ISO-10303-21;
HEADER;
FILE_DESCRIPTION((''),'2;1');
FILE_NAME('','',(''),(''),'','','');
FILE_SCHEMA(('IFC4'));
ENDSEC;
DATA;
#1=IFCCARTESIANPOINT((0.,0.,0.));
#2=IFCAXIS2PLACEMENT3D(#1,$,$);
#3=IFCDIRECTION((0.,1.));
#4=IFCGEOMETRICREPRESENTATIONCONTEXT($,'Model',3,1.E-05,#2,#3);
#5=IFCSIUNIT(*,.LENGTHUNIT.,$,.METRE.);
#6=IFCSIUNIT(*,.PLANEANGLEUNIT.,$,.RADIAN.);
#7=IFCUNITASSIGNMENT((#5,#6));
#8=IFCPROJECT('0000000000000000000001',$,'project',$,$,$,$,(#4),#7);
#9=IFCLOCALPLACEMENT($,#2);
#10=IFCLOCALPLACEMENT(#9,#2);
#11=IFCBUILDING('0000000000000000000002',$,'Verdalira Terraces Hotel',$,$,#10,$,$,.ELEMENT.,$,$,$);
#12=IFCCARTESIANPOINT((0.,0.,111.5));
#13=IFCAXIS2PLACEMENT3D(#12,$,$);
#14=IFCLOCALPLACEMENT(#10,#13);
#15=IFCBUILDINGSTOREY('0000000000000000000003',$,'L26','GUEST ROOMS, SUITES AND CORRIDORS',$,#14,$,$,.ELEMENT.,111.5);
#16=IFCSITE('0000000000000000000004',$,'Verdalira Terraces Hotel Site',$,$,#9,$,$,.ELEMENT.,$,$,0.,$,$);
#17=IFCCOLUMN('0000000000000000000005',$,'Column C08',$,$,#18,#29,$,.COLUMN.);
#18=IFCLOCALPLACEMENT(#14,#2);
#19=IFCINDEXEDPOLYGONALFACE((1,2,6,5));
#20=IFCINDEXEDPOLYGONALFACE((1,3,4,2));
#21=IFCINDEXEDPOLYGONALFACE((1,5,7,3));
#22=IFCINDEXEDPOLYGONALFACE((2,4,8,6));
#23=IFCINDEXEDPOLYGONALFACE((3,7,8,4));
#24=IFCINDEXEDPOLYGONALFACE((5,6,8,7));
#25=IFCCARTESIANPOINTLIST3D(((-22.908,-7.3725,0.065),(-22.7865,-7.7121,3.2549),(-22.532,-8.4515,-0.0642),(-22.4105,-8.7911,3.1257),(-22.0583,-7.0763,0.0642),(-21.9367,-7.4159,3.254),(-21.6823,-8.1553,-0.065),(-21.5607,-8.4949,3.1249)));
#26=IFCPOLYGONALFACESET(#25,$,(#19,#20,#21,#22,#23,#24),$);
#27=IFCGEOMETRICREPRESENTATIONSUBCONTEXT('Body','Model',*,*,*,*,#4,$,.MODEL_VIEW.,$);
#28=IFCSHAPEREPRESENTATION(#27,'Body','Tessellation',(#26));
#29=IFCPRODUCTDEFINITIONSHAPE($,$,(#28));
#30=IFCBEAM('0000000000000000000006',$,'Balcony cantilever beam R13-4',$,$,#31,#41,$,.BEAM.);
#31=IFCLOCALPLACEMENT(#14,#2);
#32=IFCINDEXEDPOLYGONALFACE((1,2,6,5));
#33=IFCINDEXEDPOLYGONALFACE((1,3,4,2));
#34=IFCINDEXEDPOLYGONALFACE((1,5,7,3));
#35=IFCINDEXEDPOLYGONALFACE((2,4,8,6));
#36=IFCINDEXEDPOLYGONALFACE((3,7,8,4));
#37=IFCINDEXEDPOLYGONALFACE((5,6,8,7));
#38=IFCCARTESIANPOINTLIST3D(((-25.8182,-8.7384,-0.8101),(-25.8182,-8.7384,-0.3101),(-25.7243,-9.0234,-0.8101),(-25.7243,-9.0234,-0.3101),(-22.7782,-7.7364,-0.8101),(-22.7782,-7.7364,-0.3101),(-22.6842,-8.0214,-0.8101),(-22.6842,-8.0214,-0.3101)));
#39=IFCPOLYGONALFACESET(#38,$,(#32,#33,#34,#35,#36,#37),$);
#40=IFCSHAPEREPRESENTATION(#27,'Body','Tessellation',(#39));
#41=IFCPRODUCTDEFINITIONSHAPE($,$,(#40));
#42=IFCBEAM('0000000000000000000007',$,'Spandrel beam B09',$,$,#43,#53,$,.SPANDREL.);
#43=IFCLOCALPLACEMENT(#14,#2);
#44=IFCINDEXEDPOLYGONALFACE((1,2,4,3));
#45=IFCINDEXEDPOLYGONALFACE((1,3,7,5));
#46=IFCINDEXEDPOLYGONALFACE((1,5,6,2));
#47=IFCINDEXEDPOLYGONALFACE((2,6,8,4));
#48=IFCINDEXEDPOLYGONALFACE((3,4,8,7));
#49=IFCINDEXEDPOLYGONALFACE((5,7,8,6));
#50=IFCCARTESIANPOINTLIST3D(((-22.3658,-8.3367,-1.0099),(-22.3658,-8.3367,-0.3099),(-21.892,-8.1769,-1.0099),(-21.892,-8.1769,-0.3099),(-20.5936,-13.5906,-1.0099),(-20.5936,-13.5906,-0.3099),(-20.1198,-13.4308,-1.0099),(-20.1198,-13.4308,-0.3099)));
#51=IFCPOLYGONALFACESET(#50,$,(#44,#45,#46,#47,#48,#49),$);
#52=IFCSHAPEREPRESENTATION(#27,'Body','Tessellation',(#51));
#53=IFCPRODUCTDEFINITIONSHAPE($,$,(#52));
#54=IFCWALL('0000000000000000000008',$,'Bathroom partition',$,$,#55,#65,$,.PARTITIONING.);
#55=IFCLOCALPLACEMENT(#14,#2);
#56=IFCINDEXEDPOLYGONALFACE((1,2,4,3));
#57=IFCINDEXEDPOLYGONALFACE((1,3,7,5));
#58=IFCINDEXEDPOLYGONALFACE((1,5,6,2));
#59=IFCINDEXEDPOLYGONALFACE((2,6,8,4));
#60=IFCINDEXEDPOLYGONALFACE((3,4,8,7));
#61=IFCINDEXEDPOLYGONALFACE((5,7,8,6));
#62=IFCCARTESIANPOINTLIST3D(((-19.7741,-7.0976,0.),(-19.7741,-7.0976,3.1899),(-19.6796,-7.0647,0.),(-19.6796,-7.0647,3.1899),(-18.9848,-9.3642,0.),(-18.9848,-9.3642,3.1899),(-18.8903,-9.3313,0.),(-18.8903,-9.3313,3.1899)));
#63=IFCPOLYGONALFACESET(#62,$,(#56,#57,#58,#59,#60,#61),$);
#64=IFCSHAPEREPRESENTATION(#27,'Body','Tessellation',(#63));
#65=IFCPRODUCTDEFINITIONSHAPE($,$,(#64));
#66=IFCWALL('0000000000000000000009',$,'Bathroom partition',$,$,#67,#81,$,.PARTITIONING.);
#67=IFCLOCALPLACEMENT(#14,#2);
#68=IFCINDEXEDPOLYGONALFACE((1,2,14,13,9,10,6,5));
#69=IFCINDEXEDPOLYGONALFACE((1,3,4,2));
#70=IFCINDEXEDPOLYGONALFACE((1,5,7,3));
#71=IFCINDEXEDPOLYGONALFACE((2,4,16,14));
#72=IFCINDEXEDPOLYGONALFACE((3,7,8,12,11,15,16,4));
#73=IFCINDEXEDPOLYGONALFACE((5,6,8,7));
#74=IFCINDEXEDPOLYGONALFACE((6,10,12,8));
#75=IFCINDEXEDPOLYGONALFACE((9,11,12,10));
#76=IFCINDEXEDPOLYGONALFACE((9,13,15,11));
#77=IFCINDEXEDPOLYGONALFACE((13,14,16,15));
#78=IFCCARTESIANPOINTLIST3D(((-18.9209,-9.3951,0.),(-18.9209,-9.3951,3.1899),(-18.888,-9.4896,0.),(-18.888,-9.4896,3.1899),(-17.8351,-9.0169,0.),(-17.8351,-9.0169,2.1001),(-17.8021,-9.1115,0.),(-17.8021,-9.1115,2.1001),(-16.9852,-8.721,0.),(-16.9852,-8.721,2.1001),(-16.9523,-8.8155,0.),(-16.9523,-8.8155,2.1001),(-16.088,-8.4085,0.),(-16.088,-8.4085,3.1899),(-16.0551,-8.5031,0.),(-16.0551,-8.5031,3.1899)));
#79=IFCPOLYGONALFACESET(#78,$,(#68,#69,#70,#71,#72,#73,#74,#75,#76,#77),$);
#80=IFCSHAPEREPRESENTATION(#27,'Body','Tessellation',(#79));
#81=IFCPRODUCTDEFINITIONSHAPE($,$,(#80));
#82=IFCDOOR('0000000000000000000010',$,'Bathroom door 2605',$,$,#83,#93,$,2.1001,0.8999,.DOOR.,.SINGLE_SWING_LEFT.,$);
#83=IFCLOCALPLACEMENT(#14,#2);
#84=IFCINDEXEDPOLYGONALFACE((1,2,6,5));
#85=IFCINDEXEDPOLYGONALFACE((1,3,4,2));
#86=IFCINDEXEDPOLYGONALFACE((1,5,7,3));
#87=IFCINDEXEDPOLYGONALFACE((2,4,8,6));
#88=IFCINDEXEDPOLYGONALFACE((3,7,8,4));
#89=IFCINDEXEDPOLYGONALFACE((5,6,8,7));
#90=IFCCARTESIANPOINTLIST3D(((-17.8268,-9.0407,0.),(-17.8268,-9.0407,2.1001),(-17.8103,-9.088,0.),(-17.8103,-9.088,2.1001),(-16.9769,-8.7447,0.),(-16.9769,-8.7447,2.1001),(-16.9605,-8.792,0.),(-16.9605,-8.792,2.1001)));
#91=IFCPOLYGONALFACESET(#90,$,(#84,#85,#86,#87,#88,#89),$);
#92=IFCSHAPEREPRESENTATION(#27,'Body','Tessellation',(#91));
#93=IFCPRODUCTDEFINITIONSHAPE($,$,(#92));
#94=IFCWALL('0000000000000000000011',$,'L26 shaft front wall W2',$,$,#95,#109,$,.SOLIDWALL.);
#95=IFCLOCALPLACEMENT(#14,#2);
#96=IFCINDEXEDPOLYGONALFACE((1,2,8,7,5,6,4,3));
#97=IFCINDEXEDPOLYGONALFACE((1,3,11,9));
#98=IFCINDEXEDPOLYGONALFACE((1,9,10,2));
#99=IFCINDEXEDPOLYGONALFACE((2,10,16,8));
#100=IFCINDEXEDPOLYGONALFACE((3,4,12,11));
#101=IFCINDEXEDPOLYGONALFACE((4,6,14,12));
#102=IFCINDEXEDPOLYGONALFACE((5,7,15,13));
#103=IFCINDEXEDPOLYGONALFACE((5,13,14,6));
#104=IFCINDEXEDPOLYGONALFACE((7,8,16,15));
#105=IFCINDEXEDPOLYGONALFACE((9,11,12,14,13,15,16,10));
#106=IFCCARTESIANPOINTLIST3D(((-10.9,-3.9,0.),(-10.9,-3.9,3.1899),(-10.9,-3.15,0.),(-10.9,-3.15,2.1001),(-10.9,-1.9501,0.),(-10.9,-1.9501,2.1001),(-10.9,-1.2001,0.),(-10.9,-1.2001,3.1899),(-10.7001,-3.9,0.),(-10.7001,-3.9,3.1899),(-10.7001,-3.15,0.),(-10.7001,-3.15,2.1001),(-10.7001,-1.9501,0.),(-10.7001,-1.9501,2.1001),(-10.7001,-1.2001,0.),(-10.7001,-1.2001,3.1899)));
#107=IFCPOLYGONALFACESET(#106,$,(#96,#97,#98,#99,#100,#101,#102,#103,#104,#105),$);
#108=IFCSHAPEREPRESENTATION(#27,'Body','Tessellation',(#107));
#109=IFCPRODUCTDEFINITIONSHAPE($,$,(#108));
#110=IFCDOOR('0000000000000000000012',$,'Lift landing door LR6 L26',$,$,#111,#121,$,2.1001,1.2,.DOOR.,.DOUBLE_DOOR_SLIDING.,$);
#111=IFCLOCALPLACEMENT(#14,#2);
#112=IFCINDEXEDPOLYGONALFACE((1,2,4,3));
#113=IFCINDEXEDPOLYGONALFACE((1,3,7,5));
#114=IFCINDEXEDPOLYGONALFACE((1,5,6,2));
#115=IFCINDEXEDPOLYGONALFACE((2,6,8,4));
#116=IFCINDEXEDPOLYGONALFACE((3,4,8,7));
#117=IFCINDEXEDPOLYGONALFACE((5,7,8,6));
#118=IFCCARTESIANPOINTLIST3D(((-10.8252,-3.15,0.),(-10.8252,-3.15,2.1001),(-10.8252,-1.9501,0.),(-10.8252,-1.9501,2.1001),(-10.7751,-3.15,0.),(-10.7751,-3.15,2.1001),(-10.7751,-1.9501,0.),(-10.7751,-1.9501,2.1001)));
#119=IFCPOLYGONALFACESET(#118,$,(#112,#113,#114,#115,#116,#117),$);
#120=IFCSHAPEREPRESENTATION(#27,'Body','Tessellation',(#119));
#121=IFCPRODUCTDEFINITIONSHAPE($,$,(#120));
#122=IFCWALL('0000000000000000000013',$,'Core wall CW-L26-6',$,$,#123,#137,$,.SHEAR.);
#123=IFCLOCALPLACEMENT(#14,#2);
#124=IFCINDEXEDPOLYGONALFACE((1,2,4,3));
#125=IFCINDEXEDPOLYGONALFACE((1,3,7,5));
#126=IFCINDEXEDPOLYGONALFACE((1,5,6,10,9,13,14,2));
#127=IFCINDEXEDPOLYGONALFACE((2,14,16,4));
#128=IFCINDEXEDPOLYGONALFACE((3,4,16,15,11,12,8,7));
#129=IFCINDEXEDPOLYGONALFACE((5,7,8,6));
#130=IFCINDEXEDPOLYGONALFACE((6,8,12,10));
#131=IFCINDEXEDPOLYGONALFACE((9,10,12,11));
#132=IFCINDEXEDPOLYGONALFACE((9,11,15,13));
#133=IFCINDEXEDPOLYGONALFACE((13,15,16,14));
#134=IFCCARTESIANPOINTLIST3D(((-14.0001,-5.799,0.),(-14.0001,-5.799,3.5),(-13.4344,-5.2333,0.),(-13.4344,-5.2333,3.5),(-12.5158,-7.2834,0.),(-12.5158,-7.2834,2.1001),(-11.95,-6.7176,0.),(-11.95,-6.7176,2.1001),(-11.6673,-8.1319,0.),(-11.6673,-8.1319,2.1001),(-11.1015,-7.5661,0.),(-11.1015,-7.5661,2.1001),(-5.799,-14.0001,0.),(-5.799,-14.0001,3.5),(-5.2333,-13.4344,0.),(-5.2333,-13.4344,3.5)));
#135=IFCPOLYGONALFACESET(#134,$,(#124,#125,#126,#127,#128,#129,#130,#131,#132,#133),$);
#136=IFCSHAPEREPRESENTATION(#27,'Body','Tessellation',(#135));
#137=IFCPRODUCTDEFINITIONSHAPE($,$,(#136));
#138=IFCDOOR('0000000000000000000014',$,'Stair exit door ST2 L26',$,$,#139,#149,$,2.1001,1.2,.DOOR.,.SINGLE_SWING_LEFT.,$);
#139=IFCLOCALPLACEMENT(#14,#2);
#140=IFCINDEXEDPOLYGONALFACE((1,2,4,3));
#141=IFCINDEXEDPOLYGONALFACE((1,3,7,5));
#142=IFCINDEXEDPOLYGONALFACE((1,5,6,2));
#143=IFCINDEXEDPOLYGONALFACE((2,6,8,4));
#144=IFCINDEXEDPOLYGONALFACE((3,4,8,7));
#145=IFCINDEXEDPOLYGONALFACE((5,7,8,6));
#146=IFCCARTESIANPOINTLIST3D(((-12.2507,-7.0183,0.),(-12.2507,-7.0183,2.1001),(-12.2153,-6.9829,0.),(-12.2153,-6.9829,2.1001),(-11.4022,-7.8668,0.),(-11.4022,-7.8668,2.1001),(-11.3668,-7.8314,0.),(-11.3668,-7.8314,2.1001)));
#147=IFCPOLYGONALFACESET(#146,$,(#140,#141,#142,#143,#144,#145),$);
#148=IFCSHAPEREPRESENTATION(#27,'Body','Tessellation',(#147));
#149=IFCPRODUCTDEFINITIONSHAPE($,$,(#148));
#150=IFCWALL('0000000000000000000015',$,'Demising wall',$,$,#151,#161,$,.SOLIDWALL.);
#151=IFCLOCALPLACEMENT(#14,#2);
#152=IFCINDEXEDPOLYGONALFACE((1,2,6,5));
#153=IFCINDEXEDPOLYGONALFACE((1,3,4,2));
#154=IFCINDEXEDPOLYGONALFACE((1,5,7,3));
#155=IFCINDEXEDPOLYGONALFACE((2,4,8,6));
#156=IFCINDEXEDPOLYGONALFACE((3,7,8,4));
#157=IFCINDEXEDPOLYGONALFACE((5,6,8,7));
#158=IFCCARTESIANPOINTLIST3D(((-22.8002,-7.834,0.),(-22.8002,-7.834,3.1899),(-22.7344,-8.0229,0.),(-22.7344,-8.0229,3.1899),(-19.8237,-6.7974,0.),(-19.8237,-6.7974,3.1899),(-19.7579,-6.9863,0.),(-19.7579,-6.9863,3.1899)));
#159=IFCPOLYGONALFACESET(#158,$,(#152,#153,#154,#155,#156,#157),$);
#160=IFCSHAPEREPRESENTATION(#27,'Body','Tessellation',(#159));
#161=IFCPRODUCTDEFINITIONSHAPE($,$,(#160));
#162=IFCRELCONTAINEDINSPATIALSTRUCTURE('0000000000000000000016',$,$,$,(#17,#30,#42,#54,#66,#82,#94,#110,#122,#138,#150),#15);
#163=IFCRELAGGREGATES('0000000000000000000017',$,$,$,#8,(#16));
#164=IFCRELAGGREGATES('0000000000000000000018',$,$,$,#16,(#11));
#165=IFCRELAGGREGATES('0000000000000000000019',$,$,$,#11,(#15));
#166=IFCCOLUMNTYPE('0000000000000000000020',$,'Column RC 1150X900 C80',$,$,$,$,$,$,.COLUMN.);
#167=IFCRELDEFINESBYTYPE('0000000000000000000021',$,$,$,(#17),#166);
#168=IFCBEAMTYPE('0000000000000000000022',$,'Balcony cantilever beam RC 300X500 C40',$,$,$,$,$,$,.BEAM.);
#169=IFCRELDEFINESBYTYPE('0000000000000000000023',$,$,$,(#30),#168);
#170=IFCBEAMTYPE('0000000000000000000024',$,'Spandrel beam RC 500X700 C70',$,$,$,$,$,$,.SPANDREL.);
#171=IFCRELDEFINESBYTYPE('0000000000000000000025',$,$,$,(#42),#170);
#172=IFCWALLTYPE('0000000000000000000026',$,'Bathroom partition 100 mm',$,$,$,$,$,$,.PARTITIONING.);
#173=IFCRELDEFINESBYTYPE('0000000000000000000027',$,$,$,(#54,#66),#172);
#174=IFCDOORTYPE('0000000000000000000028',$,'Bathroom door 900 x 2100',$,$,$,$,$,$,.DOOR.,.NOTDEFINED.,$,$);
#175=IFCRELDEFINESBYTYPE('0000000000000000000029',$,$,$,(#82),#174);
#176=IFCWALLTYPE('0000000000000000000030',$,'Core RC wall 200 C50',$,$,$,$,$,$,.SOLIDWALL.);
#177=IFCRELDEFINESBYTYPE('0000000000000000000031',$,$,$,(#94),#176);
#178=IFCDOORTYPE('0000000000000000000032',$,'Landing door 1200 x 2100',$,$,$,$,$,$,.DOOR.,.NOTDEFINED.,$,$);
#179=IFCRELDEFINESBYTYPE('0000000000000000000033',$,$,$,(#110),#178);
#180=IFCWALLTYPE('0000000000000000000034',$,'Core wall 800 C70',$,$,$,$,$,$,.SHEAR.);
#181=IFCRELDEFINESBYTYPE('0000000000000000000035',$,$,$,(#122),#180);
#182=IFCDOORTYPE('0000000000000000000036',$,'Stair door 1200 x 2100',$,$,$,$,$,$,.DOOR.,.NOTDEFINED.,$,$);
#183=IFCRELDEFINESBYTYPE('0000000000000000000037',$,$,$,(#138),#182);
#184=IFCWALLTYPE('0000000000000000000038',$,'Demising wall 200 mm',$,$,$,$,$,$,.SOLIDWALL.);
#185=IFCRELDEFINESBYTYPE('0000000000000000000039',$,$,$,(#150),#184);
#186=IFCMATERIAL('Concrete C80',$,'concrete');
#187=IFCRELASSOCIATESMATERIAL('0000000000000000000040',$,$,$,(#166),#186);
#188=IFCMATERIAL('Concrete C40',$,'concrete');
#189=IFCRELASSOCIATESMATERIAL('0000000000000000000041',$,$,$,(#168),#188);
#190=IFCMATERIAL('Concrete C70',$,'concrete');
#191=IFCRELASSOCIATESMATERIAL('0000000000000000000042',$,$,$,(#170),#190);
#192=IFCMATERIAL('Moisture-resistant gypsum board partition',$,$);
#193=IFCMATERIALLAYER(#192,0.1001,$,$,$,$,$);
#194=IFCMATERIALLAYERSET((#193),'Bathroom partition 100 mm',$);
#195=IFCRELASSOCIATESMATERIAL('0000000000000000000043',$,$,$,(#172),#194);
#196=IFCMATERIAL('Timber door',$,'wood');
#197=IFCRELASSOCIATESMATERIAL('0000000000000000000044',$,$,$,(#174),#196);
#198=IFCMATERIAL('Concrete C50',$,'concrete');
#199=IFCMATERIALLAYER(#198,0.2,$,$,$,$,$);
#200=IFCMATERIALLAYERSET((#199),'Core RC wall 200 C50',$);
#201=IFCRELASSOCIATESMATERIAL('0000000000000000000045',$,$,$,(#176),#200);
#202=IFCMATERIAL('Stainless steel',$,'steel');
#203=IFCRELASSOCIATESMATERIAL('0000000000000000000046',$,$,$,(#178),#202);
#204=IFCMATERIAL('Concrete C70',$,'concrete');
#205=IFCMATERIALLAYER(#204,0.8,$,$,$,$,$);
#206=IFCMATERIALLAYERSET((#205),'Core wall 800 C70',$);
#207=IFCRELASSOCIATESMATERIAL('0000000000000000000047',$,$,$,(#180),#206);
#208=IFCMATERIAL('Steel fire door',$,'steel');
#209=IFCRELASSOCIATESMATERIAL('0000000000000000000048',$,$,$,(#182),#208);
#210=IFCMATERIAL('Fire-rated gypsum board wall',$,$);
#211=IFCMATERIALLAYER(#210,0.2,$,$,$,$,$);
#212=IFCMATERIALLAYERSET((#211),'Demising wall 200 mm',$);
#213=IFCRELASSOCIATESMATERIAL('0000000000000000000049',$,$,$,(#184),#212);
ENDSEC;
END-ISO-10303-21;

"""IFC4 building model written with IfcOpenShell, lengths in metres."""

from ifc_helpers import new_model, si_unit, direction, frame, frame_2d, origin, origin_2d, place, context, subcontext, project, spatial, rectangle, extrude, material, layer, layer_set, material_profile, profile_set, type_object, element, fill, save


model = new_model("IFC4")

# Units and contexts
model_context = context("Model", 3, precision=1e-05, world=origin(), true_north=direction((0.0, 1.0)))
body_context = subcontext(model_context, "Body", "Model", "MODEL_VIEW")
ifc_project = project(units=[si_unit("LENGTHUNIT", "METRE"), si_unit("PLANEANGLEUNIT", "RADIAN")], contexts=[model_context])

# Site, building, storey
site_placement = place(None, origin())
site = spatial("IfcSite", under=ifc_project, at=site_placement, Name="Verdalira Terraces Hotel Site", CompositionType="ELEMENT", RefElevation=0.0)
building_placement = place(site_placement, origin())
building = spatial("IfcBuilding", under=site, at=building_placement, Name="Verdalira Terraces Hotel", CompositionType="ELEMENT")
storey_placement = place(building_placement, frame((0.0, 0.0, 111.5)))
storey = spatial("IfcBuildingStorey", under=building, at=storey_placement, Name="L26", Description="GUEST ROOMS, SUITES AND CORRIDORS", CompositionType="ELEMENT", Elevation=111.5)

# Column
ifc_material_1 = material(Name="Concrete C80", Category="concrete")
ifc_material_profile_1 = material_profile(ifc_material_1, rectangle(XDim=1.1499, YDim=0.8999, at=origin_2d()), Name="RC 1150X900")
ifc_profile_set_1 = profile_set([ifc_material_profile_1], Name="Concrete C80")
column_type = type_object("IfcColumnType", Name="Column RC 1150X900 C80", PredefinedType="COLUMN", material=ifc_profile_set_1)
column_placement = place(storey_placement, frame((-22.2952, -7.7639, 0.0), z_axis=(0.037873, -0.105785, 0.993668), x_axis=(0.326981, -0.938328, -0.112357)))
element("IfcColumn", 1, at=column_placement, inside=storey, type_object=column_type, Name="Column C08", PredefinedType="COLUMN", context=body_context, shape_type="SweptSolid", body=[
    extrude(rectangle(XDim=1.1499, YDim=0.8999, at=origin_2d()), origin(), (0.0, 0.0, 1.0), 3.2102),
])

# Beams
ifc_material_2 = material(Name="Concrete C40", Category="concrete")
ifc_material_profile_2 = material_profile(ifc_material_2, rectangle(XDim=0.3, YDim=0.5, at=origin_2d()), Name="RC 300X500")
ifc_profile_set_2 = profile_set([ifc_material_profile_2], Name="Concrete C40")
beam_type_1 = type_object("IfcBeamType", Name="Balcony cantilever beam RC 300X500 C40", PredefinedType="BEAM", material=ifc_profile_set_2)
beam_1_placement = place(storey_placement, frame((-22.7312, -7.8789, -0.5601), z_axis=(-0.949746, -0.313023, 0.0), x_axis=(0.313023, -0.949746, 0.0)))
element("IfcBeam", 2, at=beam_1_placement, inside=storey, type_object=beam_type_1, Name="Balcony cantilever beam R13-4", PredefinedType="BEAM", context=body_context, shape_type="SweptSolid", body=[
    extrude(rectangle(XDim=0.3, YDim=0.5, at=origin_2d()), origin(), (0.0, 0.0, 1.0), 3.2009),
])
ifc_material_3 = material(Name="Concrete C70", Category="concrete")
ifc_material_profile_3 = material_profile(ifc_material_3, rectangle(XDim=0.5, YDim=0.7, at=origin_2d()), Name="RC 500X700")
ifc_profile_set_3 = profile_set([ifc_material_profile_3], Name="Concrete C70")
beam_type_2 = type_object("IfcBeamType", Name="Spandrel beam RC 500X700 C70", PredefinedType="SPANDREL", material=ifc_profile_set_3)
beam_2_placement = place(storey_placement, frame((-22.1289, -8.2568, -0.6599), z_axis=(0.319621, -0.947546, 0.0), x_axis=(0.947546, 0.319621, 0.0)))
element("IfcBeam", 3, at=beam_2_placement, inside=storey, type_object=beam_type_2, Name="Spandrel beam B09", PredefinedType="SPANDREL", context=body_context, shape_type="SweptSolid", body=[
    extrude(rectangle(XDim=0.5, YDim=0.7, at=origin_2d()), origin(), (0.0, 0.0, 1.0), 5.5447),
])

# Wall
ifc_material_4 = material(Name="Moisture-resistant gypsum board partition")
ifc_layer_1 = layer(ifc_material_4, 0.1001)
ifc_layer_set_1 = layer_set([ifc_layer_1], Name="Bathroom partition 100 mm")
wall_type_1 = type_object("IfcWallType", Name="Bathroom partition 100 mm", PredefinedType="PARTITIONING", material=ifc_layer_set_1)
wall_1_placement = place(storey_placement, frame((-18.9375, -9.3479, 0.0), z_axis=(0.0, 0.0, 1.0), x_axis=(-0.328864, 0.944377, 0.0)))
element("IfcWall", 4, at=wall_1_placement, inside=storey, type_object=wall_type_1, Name="Bathroom partition", PredefinedType="PARTITIONING", context=body_context, shape_type="SweptSolid", body=[
    extrude(rectangle(XDim=2.4001, YDim=0.1001, at=frame_2d((1.2002, 0.0))), origin(), (0.0, 0.0, 1.0), 3.1899),
])

# Walls, openings, doors
wall_2_placement = place(storey_placement, frame((-18.9045, -9.4424, 0.0), z_axis=(0.0, 0.0, 1.0), x_axis=(0.944375, 0.328871, 0.0)))
wall_2 = element("IfcWall", 5, at=wall_2_placement, inside=storey, type_object=wall_type_1, Name="Bathroom partition", PredefinedType="PARTITIONING", context=body_context, shape_type="SweptSolid", body=[
    extrude(rectangle(XDim=2.9998, YDim=0.1001, at=frame_2d((1.5, 0.0))), origin(), (0.0, 0.0, 1.0), 3.1899),
])
opening_1_placement = place(wall_2_placement, frame((1.1499, 0.0, 0.0)))
opening_1 = element("IfcOpeningElement", 6, at=opening_1_placement, cuts=wall_2, PredefinedType="OPENING", context=body_context, shape_type="SweptSolid", body=[
    extrude(rectangle(XDim=0.8999, YDim=2.1001, at=frame_2d((0.45, 1.05))), frame((0.0, 0.0601, 0.0), z_axis=(0.0, -1.0, 0.0), x_axis=(1.0, 0.0, 0.0)), (0.0, 0.0, 1.0), 0.1201),
])
ifc_material_5 = material(Name="Timber door", Category="wood")
door_type_1 = type_object("IfcDoorType", Name="Bathroom door 900 x 2100", OperationType="NOTDEFINED", PredefinedType="DOOR", material=ifc_material_5)
door_1_placement = place(opening_1_placement, origin())
door_1 = element("IfcDoor", 7, at=door_1_placement, inside=storey, type_object=door_type_1, Name="Bathroom door 2605", OperationType="SINGLE_SWING_LEFT", OverallHeight=2.1001, OverallWidth=0.8999, PredefinedType="DOOR", context=body_context, shape_type="SweptSolid", body=[
    extrude(rectangle(XDim=0.8999, YDim=2.1001, at=frame_2d((0.45, 1.05))), frame((0.0, 0.0249, 0.0), z_axis=(0.0, -1.0, 0.0), x_axis=(1.0, 0.0, 0.0)), (0.0, 0.0, 1.0), 0.05),
])
fill(opening_1, door_1)
ifc_material_6 = material(Name="Concrete C50", Category="concrete")
ifc_layer_2 = layer(ifc_material_6, 0.2)
ifc_layer_set_2 = layer_set([ifc_layer_2], Name="Core RC wall 200 C50")
wall_type_2 = type_object("IfcWallType", Name="Core RC wall 200 C50", PredefinedType="SOLIDWALL", material=ifc_layer_set_2)
wall_3_placement = place(storey_placement, frame((-10.8, -1.2, 0.0), z_axis=(0.0, 0.0, 1.0), x_axis=(0.0, -1.0, 0.0)))
wall_3 = element("IfcWall", 8, at=wall_3_placement, inside=storey, type_object=wall_type_2, Name="L26 shaft front wall W2", PredefinedType="SOLIDWALL", context=body_context, shape_type="SweptSolid", body=[
    extrude(rectangle(XDim=2.7, YDim=0.2, at=frame_2d((1.3501, 0.0))), origin(), (0.0, 0.0, 1.0), 3.1899),
])
opening_2_placement = place(wall_3_placement, frame((0.75, 0.0, 0.0)))
opening_2 = element("IfcOpeningElement", 9, at=opening_2_placement, cuts=wall_3, PredefinedType="OPENING", context=body_context, shape_type="SweptSolid", body=[
    extrude(rectangle(XDim=1.2, YDim=2.1001, at=frame_2d((0.6001, 1.05))), frame((0.0, 0.1099, 0.0), z_axis=(0.0, -1.0, 0.0), x_axis=(1.0, 0.0, 0.0)), (0.0, 0.0, 1.0), 0.22),
])
ifc_material_7 = material(Name="Stainless steel", Category="steel")
door_type_2 = type_object("IfcDoorType", Name="Landing door 1200 x 2100", OperationType="NOTDEFINED", PredefinedType="DOOR", material=ifc_material_7)
door_2_placement = place(opening_2_placement, origin())
door_2 = element("IfcDoor", 10, at=door_2_placement, inside=storey, type_object=door_type_2, Name="Lift landing door LR6 L26", OperationType="DOUBLE_DOOR_SLIDING", OverallHeight=2.1001, OverallWidth=1.2, PredefinedType="DOOR", context=body_context, shape_type="SweptSolid", body=[
    extrude(rectangle(XDim=1.2, YDim=2.1001, at=frame_2d((0.6001, 1.05))), frame((0.0, 0.0249, 0.0), z_axis=(0.0, -1.0, 0.0), x_axis=(1.0, 0.0, 0.0)), (0.0, 0.0, 1.0), 0.05),
])
fill(opening_2, door_2)
ifc_material_8 = material(Name="Concrete C70", Category="concrete")
ifc_layer_3 = layer(ifc_material_8, 0.8)
ifc_layer_set_3 = layer_set([ifc_layer_3], Name="Core wall 800 C70")
wall_type_3 = type_object("IfcWallType", Name="Core wall 800 C70", PredefinedType="SHEAR", material=ifc_layer_set_3)
wall_4_placement = place(storey_placement, frame((-13.7173, -5.5161, 0.0), z_axis=(0.0, 0.0, 1.0), x_axis=(0.707107, -0.707107, 0.0)))
wall_4 = element("IfcWall", 11, at=wall_4_placement, inside=storey, type_object=wall_type_3, Name="Core wall CW-L26-6", PredefinedType="SHEAR", context=body_context, shape_type="SweptSolid", body=[
    extrude(rectangle(XDim=11.5981, YDim=0.8, at=frame_2d((5.7991, 0.0))), origin(), (0.0, 0.0, 1.0), 3.5),
])
opening_3_placement = place(wall_4_placement, frame((2.0991, 0.0, 0.0)))
opening_3 = element("IfcOpeningElement", 12, at=opening_3_placement, cuts=wall_4, PredefinedType="OPENING", context=body_context, shape_type="SweptSolid", body=[
    extrude(rectangle(XDim=1.2, YDim=2.1001, at=frame_2d((0.6001, 1.05))), frame((0.0, 0.4099, 0.0), z_axis=(0.0, -1.0, 0.0), x_axis=(1.0, 0.0, 0.0)), (0.0, 0.0, 1.0), 0.8201),
])
ifc_material_9 = material(Name="Steel fire door", Category="steel")
door_type_3 = type_object("IfcDoorType", Name="Stair door 1200 x 2100", OperationType="NOTDEFINED", PredefinedType="DOOR", material=ifc_material_9)
door_3_placement = place(opening_3_placement, origin())
door_3 = element("IfcDoor", 13, at=door_3_placement, inside=storey, type_object=door_type_3, Name="Stair exit door ST2 L26", OperationType="SINGLE_SWING_LEFT", OverallHeight=2.1001, OverallWidth=1.2, PredefinedType="DOOR", context=body_context, shape_type="SweptSolid", body=[
    extrude(rectangle(XDim=1.2, YDim=2.1001, at=frame_2d((0.6001, 1.05))), frame((0.0, 0.0249, 0.0), z_axis=(0.0, -1.0, 0.0), x_axis=(1.0, 0.0, 0.0)), (0.0, 0.0, 1.0), 0.05),
])
fill(opening_3, door_3)

# Wall
ifc_material_10 = material(Name="Fire-rated gypsum board wall")
ifc_layer_4 = layer(ifc_material_10, 0.2)
ifc_layer_set_4 = layer_set([ifc_layer_4], Name="Demising wall 200 mm")
wall_type_4 = type_object("IfcWallType", Name="Demising wall 200 mm", PredefinedType="SOLIDWALL", material=ifc_layer_set_4)
wall_5_placement = place(storey_placement, frame((-19.7908, -6.8918, 0.0), z_axis=(0.0, 0.0, 1.0), x_axis=(-0.944369, -0.328887, 0.0)))
element("IfcWall", 14, at=wall_5_placement, inside=storey, type_object=wall_type_4, Name="Demising wall", PredefinedType="SOLIDWALL", context=body_context, shape_type="SweptSolid", body=[
    extrude(rectangle(XDim=3.1519, YDim=0.2, at=frame_2d((1.5759, 0.0))), origin(), (0.0, 0.0, 1.0), 3.1899),
])

save(model, "model.ifc")
